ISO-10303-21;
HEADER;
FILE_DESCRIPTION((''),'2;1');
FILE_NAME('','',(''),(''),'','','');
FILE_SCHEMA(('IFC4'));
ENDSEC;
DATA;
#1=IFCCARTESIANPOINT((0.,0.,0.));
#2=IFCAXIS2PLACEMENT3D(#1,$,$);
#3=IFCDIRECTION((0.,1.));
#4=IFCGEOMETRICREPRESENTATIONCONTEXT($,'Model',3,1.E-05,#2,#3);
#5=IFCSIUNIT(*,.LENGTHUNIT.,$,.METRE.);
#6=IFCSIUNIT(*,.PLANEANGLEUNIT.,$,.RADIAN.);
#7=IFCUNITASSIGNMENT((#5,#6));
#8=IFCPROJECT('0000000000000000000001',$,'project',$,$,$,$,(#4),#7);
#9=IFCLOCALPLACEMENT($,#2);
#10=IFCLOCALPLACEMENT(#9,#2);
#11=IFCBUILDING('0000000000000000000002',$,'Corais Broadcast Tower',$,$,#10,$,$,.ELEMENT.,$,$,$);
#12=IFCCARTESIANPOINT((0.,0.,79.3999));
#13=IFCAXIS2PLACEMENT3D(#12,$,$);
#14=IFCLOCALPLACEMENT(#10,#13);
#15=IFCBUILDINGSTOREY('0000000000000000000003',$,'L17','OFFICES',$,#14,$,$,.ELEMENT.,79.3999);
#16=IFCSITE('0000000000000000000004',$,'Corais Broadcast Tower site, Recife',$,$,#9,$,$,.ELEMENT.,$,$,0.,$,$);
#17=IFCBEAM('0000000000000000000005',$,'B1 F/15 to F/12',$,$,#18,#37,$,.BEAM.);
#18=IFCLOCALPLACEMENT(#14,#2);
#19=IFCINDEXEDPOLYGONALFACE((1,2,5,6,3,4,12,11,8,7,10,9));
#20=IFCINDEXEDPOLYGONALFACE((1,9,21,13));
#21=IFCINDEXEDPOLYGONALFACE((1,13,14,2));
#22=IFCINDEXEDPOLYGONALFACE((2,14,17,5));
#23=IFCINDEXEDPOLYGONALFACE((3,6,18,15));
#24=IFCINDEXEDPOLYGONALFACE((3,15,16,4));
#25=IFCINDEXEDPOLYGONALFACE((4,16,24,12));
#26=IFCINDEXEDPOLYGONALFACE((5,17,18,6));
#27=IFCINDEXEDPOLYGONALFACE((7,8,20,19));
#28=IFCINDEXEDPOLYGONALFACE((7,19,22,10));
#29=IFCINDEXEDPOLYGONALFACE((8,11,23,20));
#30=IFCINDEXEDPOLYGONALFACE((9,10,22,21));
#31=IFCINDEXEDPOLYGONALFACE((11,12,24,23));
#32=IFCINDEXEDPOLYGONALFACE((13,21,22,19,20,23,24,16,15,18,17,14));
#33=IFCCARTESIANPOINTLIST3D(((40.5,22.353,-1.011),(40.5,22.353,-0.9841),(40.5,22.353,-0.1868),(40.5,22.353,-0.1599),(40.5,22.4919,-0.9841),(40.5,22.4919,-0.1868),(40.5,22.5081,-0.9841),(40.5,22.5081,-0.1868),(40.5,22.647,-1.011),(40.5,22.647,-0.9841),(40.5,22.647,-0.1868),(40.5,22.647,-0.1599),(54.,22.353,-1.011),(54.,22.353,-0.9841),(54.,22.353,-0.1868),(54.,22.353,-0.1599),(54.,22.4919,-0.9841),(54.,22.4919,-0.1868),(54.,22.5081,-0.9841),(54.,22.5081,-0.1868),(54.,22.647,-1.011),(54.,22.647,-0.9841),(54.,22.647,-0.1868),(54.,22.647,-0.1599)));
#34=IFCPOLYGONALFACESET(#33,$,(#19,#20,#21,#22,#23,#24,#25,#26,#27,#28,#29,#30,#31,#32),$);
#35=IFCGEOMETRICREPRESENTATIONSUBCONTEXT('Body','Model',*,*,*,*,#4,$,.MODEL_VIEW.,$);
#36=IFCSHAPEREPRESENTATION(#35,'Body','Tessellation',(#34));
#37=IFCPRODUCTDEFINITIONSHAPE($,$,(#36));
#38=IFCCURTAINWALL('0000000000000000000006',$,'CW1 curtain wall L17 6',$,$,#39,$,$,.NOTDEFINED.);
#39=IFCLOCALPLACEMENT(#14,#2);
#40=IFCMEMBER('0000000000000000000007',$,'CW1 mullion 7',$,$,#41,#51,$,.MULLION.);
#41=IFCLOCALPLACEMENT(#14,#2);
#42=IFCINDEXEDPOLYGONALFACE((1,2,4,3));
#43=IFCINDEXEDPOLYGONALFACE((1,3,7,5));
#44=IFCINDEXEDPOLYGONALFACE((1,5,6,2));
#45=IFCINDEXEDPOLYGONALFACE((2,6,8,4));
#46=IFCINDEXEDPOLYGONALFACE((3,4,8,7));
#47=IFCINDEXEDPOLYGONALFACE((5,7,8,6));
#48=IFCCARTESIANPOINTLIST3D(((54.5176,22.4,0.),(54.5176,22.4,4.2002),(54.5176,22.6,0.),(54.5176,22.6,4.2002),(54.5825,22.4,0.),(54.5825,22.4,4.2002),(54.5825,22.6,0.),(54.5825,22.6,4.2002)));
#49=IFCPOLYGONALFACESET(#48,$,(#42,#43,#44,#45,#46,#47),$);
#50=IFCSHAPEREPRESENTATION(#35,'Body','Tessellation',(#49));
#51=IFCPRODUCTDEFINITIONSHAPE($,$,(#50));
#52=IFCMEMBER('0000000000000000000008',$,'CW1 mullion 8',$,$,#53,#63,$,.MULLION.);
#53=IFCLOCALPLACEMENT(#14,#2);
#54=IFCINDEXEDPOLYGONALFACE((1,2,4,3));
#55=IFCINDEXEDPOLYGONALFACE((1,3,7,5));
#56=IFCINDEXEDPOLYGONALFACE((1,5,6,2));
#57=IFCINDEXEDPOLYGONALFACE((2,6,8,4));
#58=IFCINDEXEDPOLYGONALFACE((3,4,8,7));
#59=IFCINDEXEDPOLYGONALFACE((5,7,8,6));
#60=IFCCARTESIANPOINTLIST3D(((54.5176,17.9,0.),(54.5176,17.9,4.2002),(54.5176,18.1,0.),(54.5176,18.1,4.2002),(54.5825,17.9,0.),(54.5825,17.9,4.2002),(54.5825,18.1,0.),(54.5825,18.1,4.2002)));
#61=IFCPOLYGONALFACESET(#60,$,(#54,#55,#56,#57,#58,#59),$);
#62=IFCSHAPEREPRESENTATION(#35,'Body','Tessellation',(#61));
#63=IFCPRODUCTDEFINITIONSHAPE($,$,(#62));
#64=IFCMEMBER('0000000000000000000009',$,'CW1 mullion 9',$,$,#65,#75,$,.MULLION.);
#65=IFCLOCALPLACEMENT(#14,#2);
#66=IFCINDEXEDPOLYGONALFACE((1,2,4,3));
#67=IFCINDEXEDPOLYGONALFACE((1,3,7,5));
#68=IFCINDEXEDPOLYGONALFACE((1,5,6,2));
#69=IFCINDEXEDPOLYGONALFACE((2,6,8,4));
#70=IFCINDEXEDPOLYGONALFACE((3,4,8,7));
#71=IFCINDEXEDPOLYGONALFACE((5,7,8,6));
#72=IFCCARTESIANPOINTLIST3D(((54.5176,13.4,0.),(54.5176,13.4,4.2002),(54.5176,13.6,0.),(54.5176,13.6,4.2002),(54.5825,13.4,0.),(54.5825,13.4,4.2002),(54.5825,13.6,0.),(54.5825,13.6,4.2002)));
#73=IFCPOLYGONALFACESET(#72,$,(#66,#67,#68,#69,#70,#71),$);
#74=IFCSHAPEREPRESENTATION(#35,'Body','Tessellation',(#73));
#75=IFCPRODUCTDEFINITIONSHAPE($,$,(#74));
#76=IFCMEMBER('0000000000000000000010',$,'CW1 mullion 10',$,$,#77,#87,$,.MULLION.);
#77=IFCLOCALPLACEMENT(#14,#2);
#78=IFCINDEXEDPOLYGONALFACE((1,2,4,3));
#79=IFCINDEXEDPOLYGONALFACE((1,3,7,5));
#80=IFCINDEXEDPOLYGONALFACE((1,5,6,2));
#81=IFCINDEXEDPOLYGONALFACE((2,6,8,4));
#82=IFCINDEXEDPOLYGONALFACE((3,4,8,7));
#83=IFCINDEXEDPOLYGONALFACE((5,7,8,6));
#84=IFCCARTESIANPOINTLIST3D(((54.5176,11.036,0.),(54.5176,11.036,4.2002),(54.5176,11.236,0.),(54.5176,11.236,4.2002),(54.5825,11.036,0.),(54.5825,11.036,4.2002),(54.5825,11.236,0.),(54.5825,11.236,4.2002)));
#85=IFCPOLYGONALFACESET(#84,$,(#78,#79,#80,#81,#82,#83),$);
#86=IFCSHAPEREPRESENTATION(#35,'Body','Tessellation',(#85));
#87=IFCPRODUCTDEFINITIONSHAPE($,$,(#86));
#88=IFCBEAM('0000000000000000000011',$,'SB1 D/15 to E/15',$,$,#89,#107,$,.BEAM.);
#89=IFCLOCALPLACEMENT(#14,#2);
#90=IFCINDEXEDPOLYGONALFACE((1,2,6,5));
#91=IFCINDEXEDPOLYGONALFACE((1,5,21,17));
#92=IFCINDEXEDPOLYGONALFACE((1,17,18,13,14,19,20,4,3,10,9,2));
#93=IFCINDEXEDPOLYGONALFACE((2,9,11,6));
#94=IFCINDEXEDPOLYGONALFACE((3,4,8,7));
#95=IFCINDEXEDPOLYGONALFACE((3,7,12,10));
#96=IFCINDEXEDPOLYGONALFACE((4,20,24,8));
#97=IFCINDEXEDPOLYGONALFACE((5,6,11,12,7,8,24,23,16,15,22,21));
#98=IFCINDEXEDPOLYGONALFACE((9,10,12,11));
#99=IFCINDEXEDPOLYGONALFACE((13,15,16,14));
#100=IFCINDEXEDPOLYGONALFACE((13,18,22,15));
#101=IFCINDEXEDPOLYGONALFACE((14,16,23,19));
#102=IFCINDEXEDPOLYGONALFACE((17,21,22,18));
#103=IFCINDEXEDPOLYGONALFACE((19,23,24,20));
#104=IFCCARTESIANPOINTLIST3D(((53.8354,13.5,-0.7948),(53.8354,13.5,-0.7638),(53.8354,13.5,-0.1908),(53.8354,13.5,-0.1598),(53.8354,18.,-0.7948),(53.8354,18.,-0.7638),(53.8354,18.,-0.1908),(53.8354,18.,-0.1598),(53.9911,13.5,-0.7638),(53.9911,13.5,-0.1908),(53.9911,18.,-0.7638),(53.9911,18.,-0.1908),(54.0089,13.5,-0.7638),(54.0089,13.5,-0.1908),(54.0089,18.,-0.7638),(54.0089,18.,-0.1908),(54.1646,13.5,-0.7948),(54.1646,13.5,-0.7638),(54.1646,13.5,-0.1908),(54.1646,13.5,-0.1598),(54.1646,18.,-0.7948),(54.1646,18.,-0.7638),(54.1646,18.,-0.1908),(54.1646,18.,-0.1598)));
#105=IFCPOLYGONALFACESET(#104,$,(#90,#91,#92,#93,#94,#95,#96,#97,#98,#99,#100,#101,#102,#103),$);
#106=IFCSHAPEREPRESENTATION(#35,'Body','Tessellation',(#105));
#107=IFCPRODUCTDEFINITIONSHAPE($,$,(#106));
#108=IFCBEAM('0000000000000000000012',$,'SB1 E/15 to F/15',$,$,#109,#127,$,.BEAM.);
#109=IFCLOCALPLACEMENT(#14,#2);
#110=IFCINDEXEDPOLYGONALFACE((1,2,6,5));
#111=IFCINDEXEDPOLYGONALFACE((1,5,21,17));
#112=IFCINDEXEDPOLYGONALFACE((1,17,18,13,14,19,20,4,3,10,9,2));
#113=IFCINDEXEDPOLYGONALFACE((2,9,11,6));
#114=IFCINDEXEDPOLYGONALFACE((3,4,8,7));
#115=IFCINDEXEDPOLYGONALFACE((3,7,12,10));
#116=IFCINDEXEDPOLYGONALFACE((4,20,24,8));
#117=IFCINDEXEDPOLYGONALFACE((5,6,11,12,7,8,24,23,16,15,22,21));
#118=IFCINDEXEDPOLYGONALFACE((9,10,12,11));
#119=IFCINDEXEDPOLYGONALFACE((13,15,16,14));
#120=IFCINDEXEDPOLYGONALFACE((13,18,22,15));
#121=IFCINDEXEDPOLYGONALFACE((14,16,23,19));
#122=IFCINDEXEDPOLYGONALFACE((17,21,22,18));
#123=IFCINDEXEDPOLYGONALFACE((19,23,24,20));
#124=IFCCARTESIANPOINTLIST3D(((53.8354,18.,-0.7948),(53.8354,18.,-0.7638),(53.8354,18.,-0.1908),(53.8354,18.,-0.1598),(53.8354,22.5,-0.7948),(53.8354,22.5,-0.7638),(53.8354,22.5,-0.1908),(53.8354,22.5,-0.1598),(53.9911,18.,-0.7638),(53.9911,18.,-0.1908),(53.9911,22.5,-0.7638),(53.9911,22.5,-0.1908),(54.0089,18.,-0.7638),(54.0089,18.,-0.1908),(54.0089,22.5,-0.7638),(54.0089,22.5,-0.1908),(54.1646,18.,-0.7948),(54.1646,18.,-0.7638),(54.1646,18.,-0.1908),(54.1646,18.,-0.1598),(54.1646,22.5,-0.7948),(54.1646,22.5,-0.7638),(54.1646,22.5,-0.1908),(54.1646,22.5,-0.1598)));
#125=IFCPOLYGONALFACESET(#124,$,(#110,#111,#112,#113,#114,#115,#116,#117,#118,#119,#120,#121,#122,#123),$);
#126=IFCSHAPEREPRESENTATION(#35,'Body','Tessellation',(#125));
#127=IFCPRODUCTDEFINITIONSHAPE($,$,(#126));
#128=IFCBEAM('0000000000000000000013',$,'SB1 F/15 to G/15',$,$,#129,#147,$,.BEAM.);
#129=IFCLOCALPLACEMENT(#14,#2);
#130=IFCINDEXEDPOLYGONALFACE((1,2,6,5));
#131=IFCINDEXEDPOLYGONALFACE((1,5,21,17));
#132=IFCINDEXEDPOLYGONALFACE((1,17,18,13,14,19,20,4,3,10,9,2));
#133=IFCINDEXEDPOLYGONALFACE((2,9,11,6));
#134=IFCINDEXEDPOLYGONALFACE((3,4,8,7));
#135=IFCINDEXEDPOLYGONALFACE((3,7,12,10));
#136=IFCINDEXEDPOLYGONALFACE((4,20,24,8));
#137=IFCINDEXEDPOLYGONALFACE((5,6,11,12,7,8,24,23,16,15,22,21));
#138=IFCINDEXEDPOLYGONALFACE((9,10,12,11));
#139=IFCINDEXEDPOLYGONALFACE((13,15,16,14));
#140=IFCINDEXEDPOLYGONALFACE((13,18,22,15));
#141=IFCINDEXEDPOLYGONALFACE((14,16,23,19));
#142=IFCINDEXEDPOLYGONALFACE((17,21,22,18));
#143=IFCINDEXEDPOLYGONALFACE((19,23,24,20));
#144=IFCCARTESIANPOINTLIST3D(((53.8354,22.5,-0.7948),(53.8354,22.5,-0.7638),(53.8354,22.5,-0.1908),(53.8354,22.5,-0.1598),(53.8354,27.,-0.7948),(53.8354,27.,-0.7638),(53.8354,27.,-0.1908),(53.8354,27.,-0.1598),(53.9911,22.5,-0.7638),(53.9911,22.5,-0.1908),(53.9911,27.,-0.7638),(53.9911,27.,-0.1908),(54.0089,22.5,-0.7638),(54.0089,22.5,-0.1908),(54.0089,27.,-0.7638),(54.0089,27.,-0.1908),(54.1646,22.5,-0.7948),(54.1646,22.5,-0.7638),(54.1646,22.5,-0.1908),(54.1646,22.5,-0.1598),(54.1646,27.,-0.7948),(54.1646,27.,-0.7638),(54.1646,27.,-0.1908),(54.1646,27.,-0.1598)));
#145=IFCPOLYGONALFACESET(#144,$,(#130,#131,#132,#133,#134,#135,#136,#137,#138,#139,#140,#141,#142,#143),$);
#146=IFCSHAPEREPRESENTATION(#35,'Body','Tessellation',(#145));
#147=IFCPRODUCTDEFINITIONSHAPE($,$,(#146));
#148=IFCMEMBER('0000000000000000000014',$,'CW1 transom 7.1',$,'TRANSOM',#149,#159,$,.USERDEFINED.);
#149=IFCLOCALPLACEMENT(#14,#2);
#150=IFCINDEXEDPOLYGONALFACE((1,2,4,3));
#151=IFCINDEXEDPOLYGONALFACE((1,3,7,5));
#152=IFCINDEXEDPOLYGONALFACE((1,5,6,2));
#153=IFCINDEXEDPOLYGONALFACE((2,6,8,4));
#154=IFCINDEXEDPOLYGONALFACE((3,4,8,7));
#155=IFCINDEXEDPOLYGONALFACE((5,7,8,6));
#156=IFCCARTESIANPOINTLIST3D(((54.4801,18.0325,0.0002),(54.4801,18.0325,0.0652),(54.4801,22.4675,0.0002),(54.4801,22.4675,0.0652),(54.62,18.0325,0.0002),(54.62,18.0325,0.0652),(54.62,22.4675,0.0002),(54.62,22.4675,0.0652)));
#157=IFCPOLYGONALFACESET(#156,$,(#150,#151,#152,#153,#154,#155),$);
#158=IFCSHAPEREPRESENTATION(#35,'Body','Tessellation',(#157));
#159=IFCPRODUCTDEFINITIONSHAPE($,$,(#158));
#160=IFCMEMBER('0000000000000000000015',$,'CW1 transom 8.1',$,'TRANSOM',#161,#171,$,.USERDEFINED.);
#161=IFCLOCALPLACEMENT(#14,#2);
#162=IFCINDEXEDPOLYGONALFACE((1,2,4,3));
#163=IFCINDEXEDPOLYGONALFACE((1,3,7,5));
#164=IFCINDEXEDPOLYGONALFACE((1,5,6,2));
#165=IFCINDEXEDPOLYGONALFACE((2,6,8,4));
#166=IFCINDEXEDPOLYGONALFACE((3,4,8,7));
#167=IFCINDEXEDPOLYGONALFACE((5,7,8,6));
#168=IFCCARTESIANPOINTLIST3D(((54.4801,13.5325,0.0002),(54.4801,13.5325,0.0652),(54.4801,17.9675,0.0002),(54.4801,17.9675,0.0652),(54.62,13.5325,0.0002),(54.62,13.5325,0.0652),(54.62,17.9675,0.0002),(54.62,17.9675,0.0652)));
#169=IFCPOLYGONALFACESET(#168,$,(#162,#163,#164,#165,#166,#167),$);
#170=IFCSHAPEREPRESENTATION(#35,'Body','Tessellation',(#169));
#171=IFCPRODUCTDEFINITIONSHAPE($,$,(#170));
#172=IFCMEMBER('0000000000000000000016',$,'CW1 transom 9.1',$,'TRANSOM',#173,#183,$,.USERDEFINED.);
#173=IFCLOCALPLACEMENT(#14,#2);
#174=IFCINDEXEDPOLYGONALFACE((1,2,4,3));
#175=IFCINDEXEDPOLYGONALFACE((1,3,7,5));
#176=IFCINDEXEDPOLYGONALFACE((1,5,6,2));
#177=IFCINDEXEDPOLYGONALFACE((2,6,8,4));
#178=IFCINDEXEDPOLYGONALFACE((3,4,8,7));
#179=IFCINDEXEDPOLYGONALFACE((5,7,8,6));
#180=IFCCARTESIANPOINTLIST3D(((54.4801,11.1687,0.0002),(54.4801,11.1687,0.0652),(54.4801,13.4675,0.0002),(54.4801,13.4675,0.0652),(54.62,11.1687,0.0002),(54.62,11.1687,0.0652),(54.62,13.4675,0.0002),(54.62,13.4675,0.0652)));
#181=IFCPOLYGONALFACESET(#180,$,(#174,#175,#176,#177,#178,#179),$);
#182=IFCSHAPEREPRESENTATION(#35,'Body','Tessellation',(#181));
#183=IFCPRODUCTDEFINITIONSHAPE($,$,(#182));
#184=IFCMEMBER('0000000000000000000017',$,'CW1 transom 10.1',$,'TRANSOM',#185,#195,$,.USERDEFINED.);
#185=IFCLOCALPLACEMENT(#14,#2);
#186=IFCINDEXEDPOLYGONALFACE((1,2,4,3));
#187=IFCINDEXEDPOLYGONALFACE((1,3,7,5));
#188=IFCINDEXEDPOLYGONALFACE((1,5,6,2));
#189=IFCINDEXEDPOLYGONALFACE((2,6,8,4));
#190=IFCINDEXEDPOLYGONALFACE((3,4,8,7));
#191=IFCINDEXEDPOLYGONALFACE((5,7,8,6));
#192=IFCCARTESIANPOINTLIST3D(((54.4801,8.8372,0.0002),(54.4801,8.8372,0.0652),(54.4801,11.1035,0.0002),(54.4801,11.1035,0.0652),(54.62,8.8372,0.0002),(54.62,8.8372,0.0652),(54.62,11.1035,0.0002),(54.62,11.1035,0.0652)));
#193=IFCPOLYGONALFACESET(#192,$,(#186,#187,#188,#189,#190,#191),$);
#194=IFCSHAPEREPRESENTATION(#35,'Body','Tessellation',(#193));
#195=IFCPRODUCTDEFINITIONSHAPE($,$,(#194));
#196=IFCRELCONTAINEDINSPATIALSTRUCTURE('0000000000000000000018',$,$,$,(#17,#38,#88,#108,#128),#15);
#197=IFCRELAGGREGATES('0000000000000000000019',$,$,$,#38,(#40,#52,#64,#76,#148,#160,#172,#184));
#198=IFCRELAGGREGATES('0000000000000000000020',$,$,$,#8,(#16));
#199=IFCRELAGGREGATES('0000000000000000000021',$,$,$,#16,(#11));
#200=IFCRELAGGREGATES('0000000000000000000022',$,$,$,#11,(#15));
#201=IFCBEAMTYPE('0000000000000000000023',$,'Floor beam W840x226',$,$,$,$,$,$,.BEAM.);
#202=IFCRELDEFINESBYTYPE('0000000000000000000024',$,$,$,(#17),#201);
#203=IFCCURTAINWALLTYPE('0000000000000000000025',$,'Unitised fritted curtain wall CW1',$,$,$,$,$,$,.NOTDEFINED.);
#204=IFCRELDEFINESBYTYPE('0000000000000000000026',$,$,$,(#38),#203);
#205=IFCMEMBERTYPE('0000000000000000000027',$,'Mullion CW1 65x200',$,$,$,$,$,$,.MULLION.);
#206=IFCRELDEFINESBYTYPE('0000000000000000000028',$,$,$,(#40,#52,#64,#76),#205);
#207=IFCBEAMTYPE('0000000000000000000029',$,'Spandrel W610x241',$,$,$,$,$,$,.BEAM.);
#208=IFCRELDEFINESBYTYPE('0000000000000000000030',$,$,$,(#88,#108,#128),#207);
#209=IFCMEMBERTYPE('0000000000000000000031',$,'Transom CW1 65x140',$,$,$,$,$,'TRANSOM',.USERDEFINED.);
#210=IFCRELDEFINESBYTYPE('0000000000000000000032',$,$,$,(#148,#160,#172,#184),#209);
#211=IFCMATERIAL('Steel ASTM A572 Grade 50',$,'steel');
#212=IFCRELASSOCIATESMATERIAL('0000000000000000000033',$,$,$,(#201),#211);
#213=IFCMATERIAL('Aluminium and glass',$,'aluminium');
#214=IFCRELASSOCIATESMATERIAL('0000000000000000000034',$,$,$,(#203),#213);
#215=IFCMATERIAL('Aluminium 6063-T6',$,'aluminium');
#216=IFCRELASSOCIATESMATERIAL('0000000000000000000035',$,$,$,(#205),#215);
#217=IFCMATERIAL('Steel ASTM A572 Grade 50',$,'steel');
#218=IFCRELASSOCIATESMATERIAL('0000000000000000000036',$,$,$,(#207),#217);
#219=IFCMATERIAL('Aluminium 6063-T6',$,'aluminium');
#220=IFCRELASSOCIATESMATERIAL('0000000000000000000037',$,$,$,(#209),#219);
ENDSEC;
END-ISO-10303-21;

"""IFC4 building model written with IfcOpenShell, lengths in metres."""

from ifc_helpers import new_model, si_unit, direction, frame, origin, origin_2d, place, context, subcontext, project, spatial, rectangle, i_section, extrude, material, material_profile, profile_set, type_object, element, aggregate, save


model = new_model("IFC4")

# Units and contexts
model_context = context("Model", 3, precision=1e-05, world=origin(), true_north=direction((0.0, 1.0)))
body_context = subcontext(model_context, "Body", "Model", "MODEL_VIEW")
ifc_project = project(units=[si_unit("LENGTHUNIT", "METRE"), si_unit("PLANEANGLEUNIT", "RADIAN")], contexts=[model_context])

# Site, building, storey
site_placement = place(None, origin())
site = spatial("IfcSite", under=ifc_project, at=site_placement, Name="Corais Broadcast Tower site, Recife", CompositionType="ELEMENT", RefElevation=0.0)
building_placement = place(site_placement, origin())
building = spatial("IfcBuilding", under=site, at=building_placement, Name="Corais Broadcast Tower", CompositionType="ELEMENT")
storey_placement = place(building_placement, frame((0.0, 0.0, 79.3999)))
storey = spatial("IfcBuildingStorey", under=building, at=storey_placement, Name="L17", Description="OFFICES", CompositionType="ELEMENT", Elevation=79.3999)

# Beam
ifc_material_1 = material(Name="Steel ASTM A572 Grade 50", Category="steel")
ifc_material_profile_1 = material_profile(ifc_material_1, i_section(OverallWidth=0.2939, OverallDepth=0.8511, WebThickness=0.0161, FlangeThickness=0.0269, at=origin_2d()), Name="W840x226")
ifc_profile_set_1 = profile_set([ifc_material_profile_1], Name="Steel ASTM A572 Grade 50")
beam_type_1 = type_object("IfcBeamType", Name="Floor beam W840x226", PredefinedType="BEAM", material=ifc_profile_set_1)
for number, where, z_axis, x_axis, name in (
    (1, (54.0, 22.5, -0.5854), (-1.0, 0.0, 0.0), (0.0, -1.0, 0.0), "B1 F/15 to F/12"),
):
    element("IfcBeam", number, at=place(storey_placement, frame(where, z_axis=z_axis, x_axis=x_axis)), inside=storey, type_object=beam_type_1, Name=name, PredefinedType="BEAM", context=body_context, shape_type="SweptSolid", body=[
        extrude(i_section(OverallWidth=0.2939, OverallDepth=0.8511, WebThickness=0.0161, FlangeThickness=0.0269, at=origin_2d()), origin(), (0.0, 0.0, 1.0), 13.5),
    ])

# Curtain wall, members
ifc_material_2 = material(Name="Aluminium and glass", Category="aluminium")
curtain_wall_type = type_object("IfcCurtainWallType", Name="Unitised fritted curtain wall CW1", PredefinedType="NOTDEFINED", material=ifc_material_2)
curtain_wall_placement = place(storey_placement, origin())
curtain_wall = element("IfcCurtainWall", 2, at=curtain_wall_placement, inside=storey, type_object=curtain_wall_type, Name="CW1 curtain wall L17 6", PredefinedType="NOTDEFINED")
ifc_material_3 = material(Name="Aluminium 6063-T6", Category="aluminium")
ifc_material_profile_2 = material_profile(ifc_material_3, rectangle(XDim=0.0649, YDim=0.2, at=origin_2d()), Name="Mullion CW1 65x200")
ifc_profile_set_2 = profile_set([ifc_material_profile_2], Name="Aluminium 6063-T6")
member_type_1 = type_object("IfcMemberType", Name="Mullion CW1 65x200", PredefinedType="MULLION", material=ifc_profile_set_2)
member_1_placement = place(storey_placement, frame((54.55, 22.5, 0.0), z_axis=(0.0, 0.0, 1.0), x_axis=(1.0, 0.0, 0.0)))
member_1 = element("IfcMember", 3, at=member_1_placement, type_object=member_type_1, Name="CW1 mullion 7", PredefinedType="MULLION", context=body_context, shape_type="SweptSolid", body=[
    extrude(rectangle(XDim=0.0649, YDim=0.2, at=origin_2d()), origin(), (0.0, 0.0, 1.0), 4.2002),
])
member_2_placement = place(storey_placement, frame((54.55, 18.0, 0.0), z_axis=(0.0, 0.0, 1.0), x_axis=(1.0, 0.0, 0.0)))
member_2 = element("IfcMember", 4, at=member_2_placement, type_object=member_type_1, Name="CW1 mullion 8", PredefinedType="MULLION", context=body_context, shape_type="SweptSolid", body=[
    extrude(rectangle(XDim=0.0649, YDim=0.2, at=origin_2d()), origin(), (0.0, 0.0, 1.0), 4.2002),
])
member_3_placement = place(storey_placement, frame((54.55, 13.5, 0.0), z_axis=(0.0, 0.0, 1.0), x_axis=(1.0, 0.0, 0.0)))
member_3 = element("IfcMember", 5, at=member_3_placement, type_object=member_type_1, Name="CW1 mullion 9", PredefinedType="MULLION", context=body_context, shape_type="SweptSolid", body=[
    extrude(rectangle(XDim=0.0649, YDim=0.2, at=origin_2d()), origin(), (0.0, 0.0, 1.0), 4.2002),
])
member_4_placement = place(storey_placement, frame((54.55, 11.136, 0.0), z_axis=(0.0, 0.0, 1.0), x_axis=(1.0, 0.0, 0.0)))
member_4 = element("IfcMember", 6, at=member_4_placement, type_object=member_type_1, Name="CW1 mullion 10", PredefinedType="MULLION", context=body_context, shape_type="SweptSolid", body=[
    extrude(rectangle(XDim=0.0649, YDim=0.2, at=origin_2d()), origin(), (0.0, 0.0, 1.0), 4.2002),
])

# Beams
ifc_material_4 = material(Name="Steel ASTM A572 Grade 50", Category="steel")
ifc_material_profile_3 = material_profile(ifc_material_4, i_section(OverallWidth=0.3291, OverallDepth=0.635, WebThickness=0.0178, FlangeThickness=0.031, at=origin_2d()), Name="W610x241")
ifc_profile_set_3 = profile_set([ifc_material_profile_3], Name="Steel ASTM A572 Grade 50")
beam_type_2 = type_object("IfcBeamType", Name="Spandrel W610x241", PredefinedType="BEAM", material=ifc_profile_set_3)
for number, where, z_axis, x_axis, name in (
    (7, (54.0, 13.5, -0.4773), (0.0, 1.0, 0.0), (-1.0, 0.0, 0.0), "SB1 D/15 to E/15"),
    (8, (54.0, 18.0, -0.4773), (0.0, 1.0, 0.0), (-1.0, 0.0, 0.0), "SB1 E/15 to F/15"),
    (9, (54.0, 22.5, -0.4773), (0.0, 1.0, 0.0), (-1.0, 0.0, 0.0), "SB1 F/15 to G/15"),
):
    element("IfcBeam", number, at=place(storey_placement, frame(where, z_axis=z_axis, x_axis=x_axis)), inside=storey, type_object=beam_type_2, Name=name, PredefinedType="BEAM", context=body_context, shape_type="SweptSolid", body=[
        extrude(i_section(OverallWidth=0.3291, OverallDepth=0.635, WebThickness=0.0178, FlangeThickness=0.031, at=origin_2d()), origin(), (0.0, 0.0, 1.0), 4.5),
    ])

# Members
ifc_material_5 = material(Name="Aluminium 6063-T6", Category="aluminium")
ifc_material_profile_4 = material_profile(ifc_material_5, rectangle(XDim=0.1399, YDim=0.0649, at=origin_2d()), Name="Transom CW1 65x140")
ifc_profile_set_4 = profile_set([ifc_material_profile_4], Name="Aluminium 6063-T6")
member_type_2 = type_object("IfcMemberType", Name="Transom CW1 65x140", ElementType="TRANSOM", PredefinedType="USERDEFINED", material=ifc_profile_set_4)
member_5_placement = place(storey_placement, frame((54.55, 22.4675, 0.0327), z_axis=(0.0, -1.0, 0.0), x_axis=(1.0, 0.0, 0.0)))
member_5 = element("IfcMember", 10, at=member_5_placement, type_object=member_type_2, Name="CW1 transom 7.1", ObjectType="TRANSOM", PredefinedType="USERDEFINED", context=body_context, shape_type="SweptSolid", body=[
    extrude(rectangle(XDim=0.1399, YDim=0.0649, at=origin_2d()), origin(), (0.0, 0.0, 1.0), 4.4351),
])
member_6_placement = place(storey_placement, frame((54.55, 17.9675, 0.0327), z_axis=(0.0, -1.0, 0.0), x_axis=(1.0, 0.0, 0.0)))
member_6 = element("IfcMember", 11, at=member_6_placement, type_object=member_type_2, Name="CW1 transom 8.1", ObjectType="TRANSOM", PredefinedType="USERDEFINED", context=body_context, shape_type="SweptSolid", body=[
    extrude(rectangle(XDim=0.1399, YDim=0.0649, at=origin_2d()), origin(), (0.0, 0.0, 1.0), 4.4351),
])
member_7_placement = place(storey_placement, frame((54.55, 13.4675, 0.0327), z_axis=(0.0, -1.0, 0.0), x_axis=(1.0, 0.0, 0.0)))
member_7 = element("IfcMember", 12, at=member_7_placement, type_object=member_type_2, Name="CW1 transom 9.1", ObjectType="TRANSOM", PredefinedType="USERDEFINED", context=body_context, shape_type="SweptSolid", body=[
    extrude(rectangle(XDim=0.1399, YDim=0.0649, at=origin_2d()), origin(), (0.0, 0.0, 1.0), 2.2988),
])
member_8_placement = place(storey_placement, frame((54.55, 11.1035, 0.0327), z_axis=(0.0, -1.0, 0.0), x_axis=(1.0, 0.0, 0.0)))
member_8 = element("IfcMember", 13, at=member_8_placement, type_object=member_type_2, Name="CW1 transom 10.1", ObjectType="TRANSOM", PredefinedType="USERDEFINED", context=body_context, shape_type="SweptSolid", body=[
    extrude(rectangle(XDim=0.1399, YDim=0.0649, at=origin_2d()), origin(), (0.0, 0.0, 1.0), 2.2664),
])

aggregate(curtain_wall, [member_1, member_2, member_3, member_4, member_5, member_6, member_7, member_8])

save(model, "model.ifc")
